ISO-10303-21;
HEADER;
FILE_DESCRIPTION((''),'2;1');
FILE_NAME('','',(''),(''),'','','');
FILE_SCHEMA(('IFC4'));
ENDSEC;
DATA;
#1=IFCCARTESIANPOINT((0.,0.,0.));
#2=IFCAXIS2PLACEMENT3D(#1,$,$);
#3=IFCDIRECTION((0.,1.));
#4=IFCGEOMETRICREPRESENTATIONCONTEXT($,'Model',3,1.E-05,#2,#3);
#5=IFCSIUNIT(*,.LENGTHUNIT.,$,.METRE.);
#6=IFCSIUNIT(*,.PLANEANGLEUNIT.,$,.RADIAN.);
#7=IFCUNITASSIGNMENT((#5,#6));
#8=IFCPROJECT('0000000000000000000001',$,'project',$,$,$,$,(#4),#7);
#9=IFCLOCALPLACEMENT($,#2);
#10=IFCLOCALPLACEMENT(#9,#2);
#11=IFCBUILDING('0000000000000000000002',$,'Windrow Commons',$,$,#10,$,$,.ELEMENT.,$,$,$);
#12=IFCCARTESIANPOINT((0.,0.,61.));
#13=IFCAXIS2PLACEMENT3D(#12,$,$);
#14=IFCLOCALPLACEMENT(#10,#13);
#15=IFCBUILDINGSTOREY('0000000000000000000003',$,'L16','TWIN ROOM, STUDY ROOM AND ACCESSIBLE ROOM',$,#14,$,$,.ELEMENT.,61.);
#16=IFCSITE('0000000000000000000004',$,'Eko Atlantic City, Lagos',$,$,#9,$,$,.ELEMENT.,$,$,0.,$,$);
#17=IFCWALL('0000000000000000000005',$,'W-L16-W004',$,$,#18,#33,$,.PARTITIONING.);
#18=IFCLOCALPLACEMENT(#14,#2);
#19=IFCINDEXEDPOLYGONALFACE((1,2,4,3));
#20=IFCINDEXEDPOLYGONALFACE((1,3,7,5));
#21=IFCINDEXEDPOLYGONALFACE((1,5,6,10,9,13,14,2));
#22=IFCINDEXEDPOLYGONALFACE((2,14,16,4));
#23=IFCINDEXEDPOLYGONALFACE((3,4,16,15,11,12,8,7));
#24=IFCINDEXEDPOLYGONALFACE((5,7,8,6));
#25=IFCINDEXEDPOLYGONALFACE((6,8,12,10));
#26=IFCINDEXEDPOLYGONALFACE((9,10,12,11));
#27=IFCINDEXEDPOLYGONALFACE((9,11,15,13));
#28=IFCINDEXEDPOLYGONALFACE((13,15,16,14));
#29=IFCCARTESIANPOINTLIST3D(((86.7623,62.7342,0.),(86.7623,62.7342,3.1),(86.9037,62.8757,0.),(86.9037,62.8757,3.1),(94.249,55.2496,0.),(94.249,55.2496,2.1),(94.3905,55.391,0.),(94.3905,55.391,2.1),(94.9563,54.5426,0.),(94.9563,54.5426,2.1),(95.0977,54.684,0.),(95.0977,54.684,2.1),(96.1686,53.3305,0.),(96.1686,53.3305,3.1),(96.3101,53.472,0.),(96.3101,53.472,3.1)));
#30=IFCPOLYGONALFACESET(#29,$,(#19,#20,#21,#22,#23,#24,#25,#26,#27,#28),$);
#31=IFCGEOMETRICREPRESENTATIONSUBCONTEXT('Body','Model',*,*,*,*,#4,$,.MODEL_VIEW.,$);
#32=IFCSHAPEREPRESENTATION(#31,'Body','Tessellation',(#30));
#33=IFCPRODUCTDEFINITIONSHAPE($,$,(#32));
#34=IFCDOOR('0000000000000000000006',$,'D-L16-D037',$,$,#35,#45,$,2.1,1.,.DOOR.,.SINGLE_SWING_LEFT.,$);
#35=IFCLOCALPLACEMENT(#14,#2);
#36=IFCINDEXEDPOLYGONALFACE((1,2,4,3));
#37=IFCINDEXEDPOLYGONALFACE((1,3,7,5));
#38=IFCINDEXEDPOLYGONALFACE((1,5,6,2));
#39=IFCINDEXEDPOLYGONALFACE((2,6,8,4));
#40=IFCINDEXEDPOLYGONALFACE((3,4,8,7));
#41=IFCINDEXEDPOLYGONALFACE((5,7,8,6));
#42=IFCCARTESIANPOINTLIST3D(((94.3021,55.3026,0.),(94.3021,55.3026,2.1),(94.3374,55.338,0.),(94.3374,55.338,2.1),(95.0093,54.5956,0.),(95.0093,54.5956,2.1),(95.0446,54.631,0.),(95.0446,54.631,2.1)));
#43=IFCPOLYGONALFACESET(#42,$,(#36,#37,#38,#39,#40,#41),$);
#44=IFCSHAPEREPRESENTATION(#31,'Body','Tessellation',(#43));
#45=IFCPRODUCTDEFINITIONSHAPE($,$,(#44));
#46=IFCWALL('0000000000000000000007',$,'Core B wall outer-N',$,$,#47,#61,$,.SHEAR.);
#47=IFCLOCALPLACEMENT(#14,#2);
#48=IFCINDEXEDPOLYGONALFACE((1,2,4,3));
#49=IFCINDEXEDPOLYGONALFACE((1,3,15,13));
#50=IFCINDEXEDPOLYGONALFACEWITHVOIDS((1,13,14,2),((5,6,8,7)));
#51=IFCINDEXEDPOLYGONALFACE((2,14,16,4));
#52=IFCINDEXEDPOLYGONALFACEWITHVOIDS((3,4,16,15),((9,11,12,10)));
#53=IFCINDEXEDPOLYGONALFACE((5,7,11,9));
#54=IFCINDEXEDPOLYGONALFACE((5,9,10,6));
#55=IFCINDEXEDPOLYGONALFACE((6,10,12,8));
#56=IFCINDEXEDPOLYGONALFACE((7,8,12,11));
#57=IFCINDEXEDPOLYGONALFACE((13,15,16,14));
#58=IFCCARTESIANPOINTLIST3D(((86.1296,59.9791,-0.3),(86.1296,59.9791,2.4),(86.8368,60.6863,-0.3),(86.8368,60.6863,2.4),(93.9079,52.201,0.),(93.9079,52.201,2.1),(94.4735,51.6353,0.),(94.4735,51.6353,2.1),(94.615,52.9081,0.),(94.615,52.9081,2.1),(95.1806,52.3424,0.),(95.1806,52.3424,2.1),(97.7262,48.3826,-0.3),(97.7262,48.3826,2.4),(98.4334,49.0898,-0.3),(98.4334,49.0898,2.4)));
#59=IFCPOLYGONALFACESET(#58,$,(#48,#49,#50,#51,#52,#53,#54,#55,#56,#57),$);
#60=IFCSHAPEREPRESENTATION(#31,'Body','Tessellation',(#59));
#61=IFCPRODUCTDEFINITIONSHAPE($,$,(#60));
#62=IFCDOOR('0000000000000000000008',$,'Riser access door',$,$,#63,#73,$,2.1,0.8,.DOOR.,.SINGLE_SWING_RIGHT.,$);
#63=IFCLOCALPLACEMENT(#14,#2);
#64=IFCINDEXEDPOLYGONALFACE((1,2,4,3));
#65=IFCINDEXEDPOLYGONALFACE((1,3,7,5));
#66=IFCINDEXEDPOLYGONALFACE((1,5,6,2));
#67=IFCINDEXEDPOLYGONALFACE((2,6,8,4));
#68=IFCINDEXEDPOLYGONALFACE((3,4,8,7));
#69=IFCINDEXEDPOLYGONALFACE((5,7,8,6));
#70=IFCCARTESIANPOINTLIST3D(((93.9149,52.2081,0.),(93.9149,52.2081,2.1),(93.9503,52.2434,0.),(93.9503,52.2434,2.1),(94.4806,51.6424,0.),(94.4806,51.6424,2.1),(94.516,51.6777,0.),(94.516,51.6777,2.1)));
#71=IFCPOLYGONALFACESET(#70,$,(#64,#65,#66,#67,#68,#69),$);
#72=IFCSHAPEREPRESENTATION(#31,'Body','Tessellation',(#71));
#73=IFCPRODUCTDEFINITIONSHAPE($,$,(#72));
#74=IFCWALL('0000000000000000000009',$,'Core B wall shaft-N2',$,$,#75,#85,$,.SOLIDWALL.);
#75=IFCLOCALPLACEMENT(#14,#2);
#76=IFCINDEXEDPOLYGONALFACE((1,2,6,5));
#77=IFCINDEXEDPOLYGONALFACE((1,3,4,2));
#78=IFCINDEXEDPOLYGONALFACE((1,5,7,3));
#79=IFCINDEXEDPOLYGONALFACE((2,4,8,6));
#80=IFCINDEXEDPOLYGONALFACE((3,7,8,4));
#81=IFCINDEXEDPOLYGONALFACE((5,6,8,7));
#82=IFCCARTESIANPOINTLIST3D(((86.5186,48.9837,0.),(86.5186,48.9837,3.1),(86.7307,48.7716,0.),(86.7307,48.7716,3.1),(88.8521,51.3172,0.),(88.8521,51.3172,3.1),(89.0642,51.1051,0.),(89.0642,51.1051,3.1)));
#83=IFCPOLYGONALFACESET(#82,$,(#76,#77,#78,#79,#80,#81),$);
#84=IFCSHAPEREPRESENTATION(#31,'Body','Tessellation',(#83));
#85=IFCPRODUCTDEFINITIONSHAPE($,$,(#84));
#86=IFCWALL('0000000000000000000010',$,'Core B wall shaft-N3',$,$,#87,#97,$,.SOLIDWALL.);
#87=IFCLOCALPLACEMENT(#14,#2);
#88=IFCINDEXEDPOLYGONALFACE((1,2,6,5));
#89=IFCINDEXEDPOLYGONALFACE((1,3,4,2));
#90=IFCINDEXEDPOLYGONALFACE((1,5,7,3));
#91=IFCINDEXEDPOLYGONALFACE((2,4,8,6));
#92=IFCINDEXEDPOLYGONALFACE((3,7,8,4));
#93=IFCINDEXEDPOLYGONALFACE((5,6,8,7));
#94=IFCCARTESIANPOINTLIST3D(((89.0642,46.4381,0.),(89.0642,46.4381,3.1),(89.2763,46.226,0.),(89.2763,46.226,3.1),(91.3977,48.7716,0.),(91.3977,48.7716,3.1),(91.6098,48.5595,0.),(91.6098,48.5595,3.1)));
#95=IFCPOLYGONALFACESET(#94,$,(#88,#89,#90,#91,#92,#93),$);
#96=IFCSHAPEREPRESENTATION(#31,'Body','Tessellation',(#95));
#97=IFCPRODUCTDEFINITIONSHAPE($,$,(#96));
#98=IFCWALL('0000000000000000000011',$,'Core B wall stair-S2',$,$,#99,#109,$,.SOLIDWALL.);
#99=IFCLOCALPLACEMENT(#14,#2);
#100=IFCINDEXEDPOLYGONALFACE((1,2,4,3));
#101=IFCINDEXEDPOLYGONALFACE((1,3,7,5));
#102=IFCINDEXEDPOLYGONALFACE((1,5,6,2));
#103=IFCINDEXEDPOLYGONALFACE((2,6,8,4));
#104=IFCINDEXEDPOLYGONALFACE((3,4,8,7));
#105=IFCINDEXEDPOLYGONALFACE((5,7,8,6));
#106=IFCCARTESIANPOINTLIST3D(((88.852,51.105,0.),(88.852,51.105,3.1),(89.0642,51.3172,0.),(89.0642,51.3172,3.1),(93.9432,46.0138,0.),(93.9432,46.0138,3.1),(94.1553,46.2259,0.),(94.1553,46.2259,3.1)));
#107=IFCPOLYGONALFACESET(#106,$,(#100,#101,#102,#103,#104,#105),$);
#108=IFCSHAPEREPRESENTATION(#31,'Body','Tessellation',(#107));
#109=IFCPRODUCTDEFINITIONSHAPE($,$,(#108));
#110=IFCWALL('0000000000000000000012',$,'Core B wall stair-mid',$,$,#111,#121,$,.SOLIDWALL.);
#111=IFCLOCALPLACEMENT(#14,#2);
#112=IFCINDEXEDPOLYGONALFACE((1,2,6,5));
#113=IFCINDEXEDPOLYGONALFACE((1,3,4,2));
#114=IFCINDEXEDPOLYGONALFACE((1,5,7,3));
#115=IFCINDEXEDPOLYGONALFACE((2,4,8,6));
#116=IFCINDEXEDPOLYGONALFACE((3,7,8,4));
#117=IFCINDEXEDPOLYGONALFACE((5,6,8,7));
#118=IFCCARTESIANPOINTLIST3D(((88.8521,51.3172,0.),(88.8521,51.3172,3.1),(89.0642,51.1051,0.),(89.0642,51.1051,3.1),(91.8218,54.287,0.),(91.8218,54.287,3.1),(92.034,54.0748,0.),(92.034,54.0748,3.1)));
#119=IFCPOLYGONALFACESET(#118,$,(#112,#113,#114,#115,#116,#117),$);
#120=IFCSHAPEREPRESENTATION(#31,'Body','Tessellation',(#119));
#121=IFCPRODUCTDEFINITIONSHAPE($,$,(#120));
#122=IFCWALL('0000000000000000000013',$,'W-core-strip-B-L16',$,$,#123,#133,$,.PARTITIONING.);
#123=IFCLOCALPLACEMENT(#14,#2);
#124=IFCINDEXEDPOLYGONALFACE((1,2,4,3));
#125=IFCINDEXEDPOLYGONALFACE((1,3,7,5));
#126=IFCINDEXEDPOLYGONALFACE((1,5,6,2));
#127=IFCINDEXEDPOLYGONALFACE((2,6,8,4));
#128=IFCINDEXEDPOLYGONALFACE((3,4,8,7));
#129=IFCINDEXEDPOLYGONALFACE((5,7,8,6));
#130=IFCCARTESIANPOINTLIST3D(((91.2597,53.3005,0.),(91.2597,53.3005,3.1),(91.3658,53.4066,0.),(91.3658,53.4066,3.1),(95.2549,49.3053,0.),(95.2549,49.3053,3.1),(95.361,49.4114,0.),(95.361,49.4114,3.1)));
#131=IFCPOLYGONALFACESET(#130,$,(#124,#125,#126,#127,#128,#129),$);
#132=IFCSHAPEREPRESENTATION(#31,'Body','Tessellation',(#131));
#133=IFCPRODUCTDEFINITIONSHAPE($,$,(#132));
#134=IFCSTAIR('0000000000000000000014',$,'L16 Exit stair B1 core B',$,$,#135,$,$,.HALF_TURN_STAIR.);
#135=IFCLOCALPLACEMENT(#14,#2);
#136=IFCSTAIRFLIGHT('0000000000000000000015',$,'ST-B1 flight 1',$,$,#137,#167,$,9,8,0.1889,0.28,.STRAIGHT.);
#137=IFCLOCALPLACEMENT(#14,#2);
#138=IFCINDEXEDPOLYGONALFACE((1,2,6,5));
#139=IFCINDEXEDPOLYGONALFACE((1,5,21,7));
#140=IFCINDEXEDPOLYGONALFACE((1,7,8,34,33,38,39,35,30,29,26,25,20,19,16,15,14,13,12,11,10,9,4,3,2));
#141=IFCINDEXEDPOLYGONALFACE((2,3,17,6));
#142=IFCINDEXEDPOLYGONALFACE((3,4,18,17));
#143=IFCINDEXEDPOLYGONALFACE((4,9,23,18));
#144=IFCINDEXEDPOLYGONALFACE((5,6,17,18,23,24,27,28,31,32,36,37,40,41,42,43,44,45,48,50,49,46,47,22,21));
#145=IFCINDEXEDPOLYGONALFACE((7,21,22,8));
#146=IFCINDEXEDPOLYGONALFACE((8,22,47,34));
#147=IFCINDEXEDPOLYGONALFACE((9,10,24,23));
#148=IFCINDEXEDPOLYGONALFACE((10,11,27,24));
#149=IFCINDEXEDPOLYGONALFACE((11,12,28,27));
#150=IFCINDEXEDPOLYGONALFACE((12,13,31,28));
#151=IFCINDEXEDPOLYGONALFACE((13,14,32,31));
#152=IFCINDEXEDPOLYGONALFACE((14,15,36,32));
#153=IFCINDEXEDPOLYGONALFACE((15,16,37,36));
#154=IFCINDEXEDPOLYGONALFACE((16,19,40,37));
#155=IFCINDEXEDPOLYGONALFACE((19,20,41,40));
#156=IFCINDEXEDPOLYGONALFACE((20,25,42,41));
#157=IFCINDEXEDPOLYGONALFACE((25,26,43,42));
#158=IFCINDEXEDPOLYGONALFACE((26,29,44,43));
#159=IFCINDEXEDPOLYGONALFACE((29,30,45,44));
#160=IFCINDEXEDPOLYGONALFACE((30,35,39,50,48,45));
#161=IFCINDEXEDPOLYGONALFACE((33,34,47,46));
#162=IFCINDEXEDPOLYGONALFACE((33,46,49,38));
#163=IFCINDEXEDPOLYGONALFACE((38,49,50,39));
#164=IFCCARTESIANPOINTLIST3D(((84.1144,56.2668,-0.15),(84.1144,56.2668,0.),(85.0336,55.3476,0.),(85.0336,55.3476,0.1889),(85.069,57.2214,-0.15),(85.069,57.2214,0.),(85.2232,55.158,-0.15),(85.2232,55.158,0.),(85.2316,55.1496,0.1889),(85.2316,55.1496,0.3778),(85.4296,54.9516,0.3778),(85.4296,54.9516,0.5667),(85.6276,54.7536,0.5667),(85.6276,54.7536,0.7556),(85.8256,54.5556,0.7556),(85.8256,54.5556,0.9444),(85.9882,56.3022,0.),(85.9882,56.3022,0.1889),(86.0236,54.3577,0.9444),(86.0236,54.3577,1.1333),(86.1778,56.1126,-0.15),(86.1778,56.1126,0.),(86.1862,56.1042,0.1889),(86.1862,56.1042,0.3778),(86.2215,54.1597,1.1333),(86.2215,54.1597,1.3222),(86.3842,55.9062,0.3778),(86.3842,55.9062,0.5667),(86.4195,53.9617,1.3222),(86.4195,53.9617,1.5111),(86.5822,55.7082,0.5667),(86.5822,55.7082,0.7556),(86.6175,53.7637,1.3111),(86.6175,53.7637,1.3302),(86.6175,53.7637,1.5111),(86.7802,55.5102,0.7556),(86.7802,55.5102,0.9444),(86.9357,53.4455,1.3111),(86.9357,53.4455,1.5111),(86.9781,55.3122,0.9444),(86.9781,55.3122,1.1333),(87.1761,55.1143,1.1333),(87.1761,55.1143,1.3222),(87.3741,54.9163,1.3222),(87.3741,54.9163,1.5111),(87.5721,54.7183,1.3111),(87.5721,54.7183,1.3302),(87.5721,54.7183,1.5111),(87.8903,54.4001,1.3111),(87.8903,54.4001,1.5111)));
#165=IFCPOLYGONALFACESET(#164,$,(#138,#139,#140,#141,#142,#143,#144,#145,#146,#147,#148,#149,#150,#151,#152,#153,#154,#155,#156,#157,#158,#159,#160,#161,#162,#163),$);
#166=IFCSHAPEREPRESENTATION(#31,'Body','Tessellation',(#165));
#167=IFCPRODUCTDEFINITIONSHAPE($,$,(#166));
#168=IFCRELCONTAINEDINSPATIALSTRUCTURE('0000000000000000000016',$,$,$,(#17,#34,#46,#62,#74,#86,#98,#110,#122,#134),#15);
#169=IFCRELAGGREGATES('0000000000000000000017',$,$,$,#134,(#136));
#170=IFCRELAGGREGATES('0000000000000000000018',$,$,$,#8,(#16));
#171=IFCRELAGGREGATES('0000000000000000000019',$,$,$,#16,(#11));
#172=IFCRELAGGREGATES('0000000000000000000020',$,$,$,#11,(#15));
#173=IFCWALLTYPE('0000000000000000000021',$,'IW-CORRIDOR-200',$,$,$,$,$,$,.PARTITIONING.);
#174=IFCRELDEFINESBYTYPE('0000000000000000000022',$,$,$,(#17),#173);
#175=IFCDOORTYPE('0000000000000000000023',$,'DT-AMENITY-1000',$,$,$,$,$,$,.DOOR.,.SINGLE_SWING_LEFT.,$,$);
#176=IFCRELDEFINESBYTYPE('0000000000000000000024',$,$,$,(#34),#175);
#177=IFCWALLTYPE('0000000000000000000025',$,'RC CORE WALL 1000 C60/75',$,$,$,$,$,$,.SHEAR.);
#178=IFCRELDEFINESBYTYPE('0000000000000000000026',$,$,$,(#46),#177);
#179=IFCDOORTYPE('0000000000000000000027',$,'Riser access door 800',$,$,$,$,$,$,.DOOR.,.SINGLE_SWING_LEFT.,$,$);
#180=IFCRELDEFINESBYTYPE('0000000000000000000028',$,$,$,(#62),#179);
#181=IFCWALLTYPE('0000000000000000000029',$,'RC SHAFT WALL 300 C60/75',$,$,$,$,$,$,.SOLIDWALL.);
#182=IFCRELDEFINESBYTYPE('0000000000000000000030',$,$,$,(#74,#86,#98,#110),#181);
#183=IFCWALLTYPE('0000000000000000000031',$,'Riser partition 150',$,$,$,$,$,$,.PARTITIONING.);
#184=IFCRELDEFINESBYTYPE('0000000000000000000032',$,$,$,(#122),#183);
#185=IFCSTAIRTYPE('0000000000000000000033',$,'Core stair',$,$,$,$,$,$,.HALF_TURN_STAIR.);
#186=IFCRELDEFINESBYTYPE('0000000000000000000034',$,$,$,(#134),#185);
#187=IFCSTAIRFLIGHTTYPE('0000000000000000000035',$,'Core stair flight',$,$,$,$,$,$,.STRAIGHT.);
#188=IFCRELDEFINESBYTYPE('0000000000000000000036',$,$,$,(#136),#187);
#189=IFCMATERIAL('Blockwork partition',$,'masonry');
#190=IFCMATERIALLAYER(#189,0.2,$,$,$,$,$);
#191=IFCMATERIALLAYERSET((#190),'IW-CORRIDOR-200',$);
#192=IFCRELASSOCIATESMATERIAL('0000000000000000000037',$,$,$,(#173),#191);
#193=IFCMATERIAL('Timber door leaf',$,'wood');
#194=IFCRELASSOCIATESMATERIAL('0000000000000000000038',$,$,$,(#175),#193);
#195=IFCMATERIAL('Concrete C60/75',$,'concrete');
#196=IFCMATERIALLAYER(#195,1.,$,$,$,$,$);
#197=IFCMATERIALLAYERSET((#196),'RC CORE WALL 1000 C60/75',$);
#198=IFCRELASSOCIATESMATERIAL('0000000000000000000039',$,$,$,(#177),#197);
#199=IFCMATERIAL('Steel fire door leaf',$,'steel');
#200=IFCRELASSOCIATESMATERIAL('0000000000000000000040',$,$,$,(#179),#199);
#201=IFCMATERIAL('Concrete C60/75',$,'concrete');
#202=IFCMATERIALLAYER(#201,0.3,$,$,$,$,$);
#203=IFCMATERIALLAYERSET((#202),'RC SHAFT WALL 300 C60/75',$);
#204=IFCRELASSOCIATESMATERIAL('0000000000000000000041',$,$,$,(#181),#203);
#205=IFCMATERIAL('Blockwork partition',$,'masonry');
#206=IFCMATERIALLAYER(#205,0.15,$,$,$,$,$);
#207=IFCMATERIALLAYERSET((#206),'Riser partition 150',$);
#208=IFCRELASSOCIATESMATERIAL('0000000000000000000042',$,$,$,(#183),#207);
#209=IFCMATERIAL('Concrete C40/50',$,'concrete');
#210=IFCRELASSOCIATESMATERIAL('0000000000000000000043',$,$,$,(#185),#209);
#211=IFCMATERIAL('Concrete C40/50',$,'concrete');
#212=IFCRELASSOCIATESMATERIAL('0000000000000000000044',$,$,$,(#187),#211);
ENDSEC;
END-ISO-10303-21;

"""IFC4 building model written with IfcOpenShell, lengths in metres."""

from ifc_helpers import new_model, si_unit, direction, frame, frame_2d, origin, place, context, subcontext, project, spatial, polyline, rectangle, outline, extrude, material, layer, layer_set, type_object, element, fill, aggregate, save


model = new_model("IFC4")

# Units and contexts
model_context = context("Model", 3, precision=1e-05, world=origin(), true_north=direction((0.0, 1.0)))
body_context = subcontext(model_context, "Body", "Model", "MODEL_VIEW")
ifc_project = project(units=[si_unit("LENGTHUNIT", "METRE"), si_unit("PLANEANGLEUNIT", "RADIAN")], contexts=[model_context])

# Site, building, storey
site_placement = place(None, origin())
site = spatial("IfcSite", under=ifc_project, at=site_placement, Name="Eko Atlantic City, Lagos", CompositionType="ELEMENT", RefElevation=0.0)
building_placement = place(site_placement, origin())
building = spatial("IfcBuilding", under=site, at=building_placement, Name="Windrow Commons", CompositionType="ELEMENT")
storey_placement = place(building_placement, frame((0.0, 0.0, 61.0)))
storey = spatial("IfcBuildingStorey", under=building, at=storey_placement, Name="L16", Description="TWIN ROOM, STUDY ROOM AND ACCESSIBLE ROOM", CompositionType="ELEMENT", Elevation=61.0)

# Walls, openings, doors
ifc_material_1 = material(Name="Blockwork partition", Category="masonry")
ifc_layer_1 = layer(ifc_material_1, 0.2)
ifc_layer_set_1 = layer_set([ifc_layer_1], Name="IW-CORRIDOR-200")
wall_type_1 = type_object("IfcWallType", Name="IW-CORRIDOR-200", PredefinedType="PARTITIONING", material=ifc_layer_set_1)
wall_1_placement = place(storey_placement, frame((86.833, 62.805, 0.0), z_axis=(0.0, 0.0, 1.0), x_axis=(0.707205, -0.707009, 0.0)))
wall_1 = element("IfcWall", 1, at=wall_1_placement, inside=storey, type_object=wall_type_1, Name="W-L16-W004", PredefinedType="PARTITIONING", context=body_context, shape_type="SweptSolid", body=[
    extrude(rectangle(XDim=13.3007, YDim=0.2, at=frame_2d((6.6504, 0.0))), origin(), (0.0, 0.0, 1.0), 3.1),
])
opening_1_placement = place(wall_1_placement, frame((10.5864, 0.0, 0.0)))
opening_1 = element("IfcOpeningElement", 2, at=opening_1_placement, cuts=wall_1, PredefinedType="OPENING", context=body_context, shape_type="SweptSolid", body=[
    extrude(rectangle(XDim=1.0, YDim=2.1, at=frame_2d((0.5, 1.05))), frame((0.0, 0.11, 0.0), z_axis=(0.0, -1.0, 0.0), x_axis=(1.0, 0.0, 0.0)), (0.0, 0.0, 1.0), 0.22),
])
ifc_material_2 = material(Name="Timber door leaf", Category="wood")
door_type_1 = type_object("IfcDoorType", Name="DT-AMENITY-1000", OperationType="SINGLE_SWING_LEFT", PredefinedType="DOOR", material=ifc_material_2)
door_1_placement = place(opening_1_placement, origin())
door_1 = element("IfcDoor", 3, at=door_1_placement, inside=storey, type_object=door_type_1, Name="D-L16-D037", OperationType="SINGLE_SWING_LEFT", OverallHeight=2.1, OverallWidth=1.0, PredefinedType="DOOR", context=body_context, shape_type="SweptSolid", body=[
    extrude(rectangle(XDim=1.0, YDim=2.1, at=frame_2d((0.5, 1.05))), frame((0.0, 0.025, 0.0), z_axis=(0.0, -1.0, 0.0), x_axis=(1.0, 0.0, 0.0)), (0.0, 0.0, 1.0), 0.05),
])
fill(opening_1, door_1)
ifc_material_3 = material(Name="Concrete C60/75", Category="concrete")
ifc_layer_2 = layer(ifc_material_3, 1.0)
ifc_layer_set_2 = layer_set([ifc_layer_2], Name="RC CORE WALL 1000 C60/75")
wall_type_2 = type_object("IfcWallType", Name="RC CORE WALL 1000 C60/75", PredefinedType="SHEAR", material=ifc_layer_set_2)
wall_2_placement = place(storey_placement, frame((86.4832, 60.3327, -0.3), z_axis=(0.0, 0.0, 1.0), x_axis=(0.70711, -0.707104, 0.0)))
wall_2 = element("IfcWall", 4, at=wall_2_placement, inside=storey, type_object=wall_type_2, Name="Core B wall outer-N", PredefinedType="SHEAR", context=body_context, shape_type="SweptSolid", body=[
    extrude(rectangle(XDim=16.4, YDim=1.0, at=frame_2d((8.2, 0.0))), origin(), (0.0, 0.0, 1.0), 2.7),
])
opening_2_placement = place(wall_2_placement, frame((11.0, 0.0, 0.3)))
opening_2 = element("IfcOpeningElement", 5, at=opening_2_placement, cuts=wall_2, PredefinedType="OPENING", context=body_context, shape_type="SweptSolid", body=[
    extrude(rectangle(XDim=0.8, YDim=2.1, at=frame_2d((0.4, 1.05))), frame((0.0, 0.51, 0.0), z_axis=(0.0, -1.0, 0.0), x_axis=(1.0, 0.0, 0.0)), (0.0, 0.0, 1.0), 1.02),
])
ifc_material_4 = material(Name="Steel fire door leaf", Category="steel")
door_type_2 = type_object("IfcDoorType", Name="Riser access door 800", OperationType="SINGLE_SWING_LEFT", PredefinedType="DOOR", material=ifc_material_4)
door_2_placement = place(opening_2_placement, origin())
door_2 = element("IfcDoor", 6, at=door_2_placement, inside=storey, type_object=door_type_2, Name="Riser access door", OperationType="SINGLE_SWING_RIGHT", OverallHeight=2.1, OverallWidth=0.8, PredefinedType="DOOR", context=body_context, shape_type="SweptSolid", body=[
    extrude(rectangle(XDim=0.8, YDim=2.1, at=frame_2d((0.4, 1.05))), frame((0.0, -0.44, 0.0), z_axis=(0.0, -1.0, 0.0), x_axis=(1.0, 0.0, 0.0)), (0.0, 0.0, 1.0), 0.05),
])
fill(opening_2, door_2)

# Walls
ifc_material_5 = material(Name="Concrete C60/75", Category="concrete")
ifc_layer_3 = layer(ifc_material_5, 0.3)
ifc_layer_set_3 = layer_set([ifc_layer_3], Name="RC SHAFT WALL 300 C60/75")
wall_type_3 = type_object("IfcWallType", Name="RC SHAFT WALL 300 C60/75", PredefinedType="SOLIDWALL", material=ifc_layer_set_3)
for number, where, z_axis, x_axis, name in (
    (7, (86.6246, 48.8776, 0.0), (0.0, 0.0, 1.0), (0.707107, 0.707107, 0.0), "Core B wall shaft-N2"),
    (8, (89.1702, 46.332, 0.0), (0.0, 0.0, 1.0), (0.707107, 0.707107, 0.0), "Core B wall shaft-N3"),
):
    element("IfcWall", number, at=place(storey_placement, frame(where, z_axis=z_axis, x_axis=x_axis)), inside=storey, type_object=wall_type_3, Name=name, PredefinedType="SOLIDWALL", context=body_context, shape_type="SweptSolid", body=[
        extrude(rectangle(XDim=3.3001, YDim=0.3, at=frame_2d((1.6501, 0.0))), origin(), (0.0, 0.0, 1.0), 3.1),
    ])
wall_3_placement = place(storey_placement, frame((88.9581, 51.2111, 0.0), z_axis=(0.0, 0.0, 1.0), x_axis=(0.7071, -0.707114, 0.0)))
element("IfcWall", 9, at=wall_3_placement, inside=storey, type_object=wall_type_3, Name="Core B wall stair-S2", PredefinedType="SOLIDWALL", context=body_context, shape_type="SweptSolid", body=[
    extrude(rectangle(XDim=7.2, YDim=0.3, at=frame_2d((3.6, 0.0))), origin(), (0.0, 0.0, 1.0), 3.1),
])
wall_4_placement = place(storey_placement, frame((88.9581, 51.2111, 0.0), z_axis=(0.0, 0.0, 1.0), x_axis=(0.707107, 0.707107, 0.0)))
element("IfcWall", 10, at=wall_4_placement, inside=storey, type_object=wall_type_3, Name="Core B wall stair-mid", PredefinedType="SOLIDWALL", context=body_context, shape_type="SweptSolid", body=[
    extrude(rectangle(XDim=4.1999, YDim=0.3, at=frame_2d((2.1, 0.0))), origin(), (0.0, 0.0, 1.0), 3.1),
])
ifc_material_6 = material(Name="Blockwork partition", Category="masonry")
ifc_layer_4 = layer(ifc_material_6, 0.15)
ifc_layer_set_4 = layer_set([ifc_layer_4], Name="Riser partition 150")
wall_type_4 = type_object("IfcWallType", Name="Riser partition 150", PredefinedType="PARTITIONING", material=ifc_layer_set_4)
wall_5_placement = place(storey_placement, frame((91.3127, 53.3536, 0.0), z_axis=(0.0, 0.0, 1.0), x_axis=(0.707107, -0.707107, 0.0)))
element("IfcWall", 11, at=wall_5_placement, inside=storey, type_object=wall_type_4, Name="W-core-strip-B-L16", PredefinedType="PARTITIONING", context=body_context, shape_type="SweptSolid", body=[
    extrude(rectangle(XDim=5.6501, YDim=0.15, at=frame_2d((2.8251, 0.0))), origin(), (0.0, 0.0, 1.0), 3.1),
])

# Stair, stair flight
ifc_material_7 = material(Name="Concrete C40/50", Category="concrete")
stair_type = type_object("IfcStairType", Name="Core stair", PredefinedType="HALF_TURN_STAIR", material=ifc_material_7)
placement = place(storey_placement, origin())
stair_1 = element("IfcStair", 12, at=placement, inside=storey, type_object=stair_type, Name="L16 Exit stair B1 core B", PredefinedType="HALF_TURN_STAIR")
ifc_material_8 = material(Name="Concrete C40/50", Category="concrete")
stair_flight_type = type_object("IfcStairFlightType", Name="Core stair flight", PredefinedType="STRAIGHT", material=ifc_material_8)
stair_flight_1_placement = place(storey_placement, frame((85.5109, 55.8249, 0.0), z_axis=(0.0, 0.0, 1.0), x_axis=(0.707107, -0.707107, 0.0)))
stair_flight_1 = element("IfcStairFlight", 13, at=stair_flight_1_placement, type_object=stair_flight_type, Name="ST-B1 flight 1", NumberOfRisers=9, NumberOfTreads=8, PredefinedType="STRAIGHT", RiserHeight=0.1889, TreadLength=0.28, context=body_context, shape_type="SweptSolid", body=[
    extrude(outline(polyline([(-1.3, -0.15), (-1.3, 0.0), (0.0, 0.0), (0.0, 0.1889), (0.28, 0.1889), (0.28, 0.3778), (0.56, 0.3778), (0.56, 0.5667), (0.84, 0.5667), (0.84, 0.7556), (1.12, 0.7556), (1.12, 0.9444), (1.4, 0.9444), (1.4, 1.1333), (1.68, 1.1333), (1.68, 1.3222), (1.96, 1.3222), (1.96, 1.5111), (2.24, 1.5111), (2.69, 1.5111), (2.69, 1.3111), (2.24, 1.3111), (2.24, 1.3302), (0.2682, 0.0), (0.2682, -0.15), (-1.3, -0.15)])), frame((0.0, 0.675, 0.0), z_axis=(0.0, -1.0, 0.0), x_axis=(1.0, 0.0, 0.0)), (0.0, 0.0, 1.0), 1.35),
])
aggregate(stair_1, [stair_flight_1])

save(model, "model.ifc")
